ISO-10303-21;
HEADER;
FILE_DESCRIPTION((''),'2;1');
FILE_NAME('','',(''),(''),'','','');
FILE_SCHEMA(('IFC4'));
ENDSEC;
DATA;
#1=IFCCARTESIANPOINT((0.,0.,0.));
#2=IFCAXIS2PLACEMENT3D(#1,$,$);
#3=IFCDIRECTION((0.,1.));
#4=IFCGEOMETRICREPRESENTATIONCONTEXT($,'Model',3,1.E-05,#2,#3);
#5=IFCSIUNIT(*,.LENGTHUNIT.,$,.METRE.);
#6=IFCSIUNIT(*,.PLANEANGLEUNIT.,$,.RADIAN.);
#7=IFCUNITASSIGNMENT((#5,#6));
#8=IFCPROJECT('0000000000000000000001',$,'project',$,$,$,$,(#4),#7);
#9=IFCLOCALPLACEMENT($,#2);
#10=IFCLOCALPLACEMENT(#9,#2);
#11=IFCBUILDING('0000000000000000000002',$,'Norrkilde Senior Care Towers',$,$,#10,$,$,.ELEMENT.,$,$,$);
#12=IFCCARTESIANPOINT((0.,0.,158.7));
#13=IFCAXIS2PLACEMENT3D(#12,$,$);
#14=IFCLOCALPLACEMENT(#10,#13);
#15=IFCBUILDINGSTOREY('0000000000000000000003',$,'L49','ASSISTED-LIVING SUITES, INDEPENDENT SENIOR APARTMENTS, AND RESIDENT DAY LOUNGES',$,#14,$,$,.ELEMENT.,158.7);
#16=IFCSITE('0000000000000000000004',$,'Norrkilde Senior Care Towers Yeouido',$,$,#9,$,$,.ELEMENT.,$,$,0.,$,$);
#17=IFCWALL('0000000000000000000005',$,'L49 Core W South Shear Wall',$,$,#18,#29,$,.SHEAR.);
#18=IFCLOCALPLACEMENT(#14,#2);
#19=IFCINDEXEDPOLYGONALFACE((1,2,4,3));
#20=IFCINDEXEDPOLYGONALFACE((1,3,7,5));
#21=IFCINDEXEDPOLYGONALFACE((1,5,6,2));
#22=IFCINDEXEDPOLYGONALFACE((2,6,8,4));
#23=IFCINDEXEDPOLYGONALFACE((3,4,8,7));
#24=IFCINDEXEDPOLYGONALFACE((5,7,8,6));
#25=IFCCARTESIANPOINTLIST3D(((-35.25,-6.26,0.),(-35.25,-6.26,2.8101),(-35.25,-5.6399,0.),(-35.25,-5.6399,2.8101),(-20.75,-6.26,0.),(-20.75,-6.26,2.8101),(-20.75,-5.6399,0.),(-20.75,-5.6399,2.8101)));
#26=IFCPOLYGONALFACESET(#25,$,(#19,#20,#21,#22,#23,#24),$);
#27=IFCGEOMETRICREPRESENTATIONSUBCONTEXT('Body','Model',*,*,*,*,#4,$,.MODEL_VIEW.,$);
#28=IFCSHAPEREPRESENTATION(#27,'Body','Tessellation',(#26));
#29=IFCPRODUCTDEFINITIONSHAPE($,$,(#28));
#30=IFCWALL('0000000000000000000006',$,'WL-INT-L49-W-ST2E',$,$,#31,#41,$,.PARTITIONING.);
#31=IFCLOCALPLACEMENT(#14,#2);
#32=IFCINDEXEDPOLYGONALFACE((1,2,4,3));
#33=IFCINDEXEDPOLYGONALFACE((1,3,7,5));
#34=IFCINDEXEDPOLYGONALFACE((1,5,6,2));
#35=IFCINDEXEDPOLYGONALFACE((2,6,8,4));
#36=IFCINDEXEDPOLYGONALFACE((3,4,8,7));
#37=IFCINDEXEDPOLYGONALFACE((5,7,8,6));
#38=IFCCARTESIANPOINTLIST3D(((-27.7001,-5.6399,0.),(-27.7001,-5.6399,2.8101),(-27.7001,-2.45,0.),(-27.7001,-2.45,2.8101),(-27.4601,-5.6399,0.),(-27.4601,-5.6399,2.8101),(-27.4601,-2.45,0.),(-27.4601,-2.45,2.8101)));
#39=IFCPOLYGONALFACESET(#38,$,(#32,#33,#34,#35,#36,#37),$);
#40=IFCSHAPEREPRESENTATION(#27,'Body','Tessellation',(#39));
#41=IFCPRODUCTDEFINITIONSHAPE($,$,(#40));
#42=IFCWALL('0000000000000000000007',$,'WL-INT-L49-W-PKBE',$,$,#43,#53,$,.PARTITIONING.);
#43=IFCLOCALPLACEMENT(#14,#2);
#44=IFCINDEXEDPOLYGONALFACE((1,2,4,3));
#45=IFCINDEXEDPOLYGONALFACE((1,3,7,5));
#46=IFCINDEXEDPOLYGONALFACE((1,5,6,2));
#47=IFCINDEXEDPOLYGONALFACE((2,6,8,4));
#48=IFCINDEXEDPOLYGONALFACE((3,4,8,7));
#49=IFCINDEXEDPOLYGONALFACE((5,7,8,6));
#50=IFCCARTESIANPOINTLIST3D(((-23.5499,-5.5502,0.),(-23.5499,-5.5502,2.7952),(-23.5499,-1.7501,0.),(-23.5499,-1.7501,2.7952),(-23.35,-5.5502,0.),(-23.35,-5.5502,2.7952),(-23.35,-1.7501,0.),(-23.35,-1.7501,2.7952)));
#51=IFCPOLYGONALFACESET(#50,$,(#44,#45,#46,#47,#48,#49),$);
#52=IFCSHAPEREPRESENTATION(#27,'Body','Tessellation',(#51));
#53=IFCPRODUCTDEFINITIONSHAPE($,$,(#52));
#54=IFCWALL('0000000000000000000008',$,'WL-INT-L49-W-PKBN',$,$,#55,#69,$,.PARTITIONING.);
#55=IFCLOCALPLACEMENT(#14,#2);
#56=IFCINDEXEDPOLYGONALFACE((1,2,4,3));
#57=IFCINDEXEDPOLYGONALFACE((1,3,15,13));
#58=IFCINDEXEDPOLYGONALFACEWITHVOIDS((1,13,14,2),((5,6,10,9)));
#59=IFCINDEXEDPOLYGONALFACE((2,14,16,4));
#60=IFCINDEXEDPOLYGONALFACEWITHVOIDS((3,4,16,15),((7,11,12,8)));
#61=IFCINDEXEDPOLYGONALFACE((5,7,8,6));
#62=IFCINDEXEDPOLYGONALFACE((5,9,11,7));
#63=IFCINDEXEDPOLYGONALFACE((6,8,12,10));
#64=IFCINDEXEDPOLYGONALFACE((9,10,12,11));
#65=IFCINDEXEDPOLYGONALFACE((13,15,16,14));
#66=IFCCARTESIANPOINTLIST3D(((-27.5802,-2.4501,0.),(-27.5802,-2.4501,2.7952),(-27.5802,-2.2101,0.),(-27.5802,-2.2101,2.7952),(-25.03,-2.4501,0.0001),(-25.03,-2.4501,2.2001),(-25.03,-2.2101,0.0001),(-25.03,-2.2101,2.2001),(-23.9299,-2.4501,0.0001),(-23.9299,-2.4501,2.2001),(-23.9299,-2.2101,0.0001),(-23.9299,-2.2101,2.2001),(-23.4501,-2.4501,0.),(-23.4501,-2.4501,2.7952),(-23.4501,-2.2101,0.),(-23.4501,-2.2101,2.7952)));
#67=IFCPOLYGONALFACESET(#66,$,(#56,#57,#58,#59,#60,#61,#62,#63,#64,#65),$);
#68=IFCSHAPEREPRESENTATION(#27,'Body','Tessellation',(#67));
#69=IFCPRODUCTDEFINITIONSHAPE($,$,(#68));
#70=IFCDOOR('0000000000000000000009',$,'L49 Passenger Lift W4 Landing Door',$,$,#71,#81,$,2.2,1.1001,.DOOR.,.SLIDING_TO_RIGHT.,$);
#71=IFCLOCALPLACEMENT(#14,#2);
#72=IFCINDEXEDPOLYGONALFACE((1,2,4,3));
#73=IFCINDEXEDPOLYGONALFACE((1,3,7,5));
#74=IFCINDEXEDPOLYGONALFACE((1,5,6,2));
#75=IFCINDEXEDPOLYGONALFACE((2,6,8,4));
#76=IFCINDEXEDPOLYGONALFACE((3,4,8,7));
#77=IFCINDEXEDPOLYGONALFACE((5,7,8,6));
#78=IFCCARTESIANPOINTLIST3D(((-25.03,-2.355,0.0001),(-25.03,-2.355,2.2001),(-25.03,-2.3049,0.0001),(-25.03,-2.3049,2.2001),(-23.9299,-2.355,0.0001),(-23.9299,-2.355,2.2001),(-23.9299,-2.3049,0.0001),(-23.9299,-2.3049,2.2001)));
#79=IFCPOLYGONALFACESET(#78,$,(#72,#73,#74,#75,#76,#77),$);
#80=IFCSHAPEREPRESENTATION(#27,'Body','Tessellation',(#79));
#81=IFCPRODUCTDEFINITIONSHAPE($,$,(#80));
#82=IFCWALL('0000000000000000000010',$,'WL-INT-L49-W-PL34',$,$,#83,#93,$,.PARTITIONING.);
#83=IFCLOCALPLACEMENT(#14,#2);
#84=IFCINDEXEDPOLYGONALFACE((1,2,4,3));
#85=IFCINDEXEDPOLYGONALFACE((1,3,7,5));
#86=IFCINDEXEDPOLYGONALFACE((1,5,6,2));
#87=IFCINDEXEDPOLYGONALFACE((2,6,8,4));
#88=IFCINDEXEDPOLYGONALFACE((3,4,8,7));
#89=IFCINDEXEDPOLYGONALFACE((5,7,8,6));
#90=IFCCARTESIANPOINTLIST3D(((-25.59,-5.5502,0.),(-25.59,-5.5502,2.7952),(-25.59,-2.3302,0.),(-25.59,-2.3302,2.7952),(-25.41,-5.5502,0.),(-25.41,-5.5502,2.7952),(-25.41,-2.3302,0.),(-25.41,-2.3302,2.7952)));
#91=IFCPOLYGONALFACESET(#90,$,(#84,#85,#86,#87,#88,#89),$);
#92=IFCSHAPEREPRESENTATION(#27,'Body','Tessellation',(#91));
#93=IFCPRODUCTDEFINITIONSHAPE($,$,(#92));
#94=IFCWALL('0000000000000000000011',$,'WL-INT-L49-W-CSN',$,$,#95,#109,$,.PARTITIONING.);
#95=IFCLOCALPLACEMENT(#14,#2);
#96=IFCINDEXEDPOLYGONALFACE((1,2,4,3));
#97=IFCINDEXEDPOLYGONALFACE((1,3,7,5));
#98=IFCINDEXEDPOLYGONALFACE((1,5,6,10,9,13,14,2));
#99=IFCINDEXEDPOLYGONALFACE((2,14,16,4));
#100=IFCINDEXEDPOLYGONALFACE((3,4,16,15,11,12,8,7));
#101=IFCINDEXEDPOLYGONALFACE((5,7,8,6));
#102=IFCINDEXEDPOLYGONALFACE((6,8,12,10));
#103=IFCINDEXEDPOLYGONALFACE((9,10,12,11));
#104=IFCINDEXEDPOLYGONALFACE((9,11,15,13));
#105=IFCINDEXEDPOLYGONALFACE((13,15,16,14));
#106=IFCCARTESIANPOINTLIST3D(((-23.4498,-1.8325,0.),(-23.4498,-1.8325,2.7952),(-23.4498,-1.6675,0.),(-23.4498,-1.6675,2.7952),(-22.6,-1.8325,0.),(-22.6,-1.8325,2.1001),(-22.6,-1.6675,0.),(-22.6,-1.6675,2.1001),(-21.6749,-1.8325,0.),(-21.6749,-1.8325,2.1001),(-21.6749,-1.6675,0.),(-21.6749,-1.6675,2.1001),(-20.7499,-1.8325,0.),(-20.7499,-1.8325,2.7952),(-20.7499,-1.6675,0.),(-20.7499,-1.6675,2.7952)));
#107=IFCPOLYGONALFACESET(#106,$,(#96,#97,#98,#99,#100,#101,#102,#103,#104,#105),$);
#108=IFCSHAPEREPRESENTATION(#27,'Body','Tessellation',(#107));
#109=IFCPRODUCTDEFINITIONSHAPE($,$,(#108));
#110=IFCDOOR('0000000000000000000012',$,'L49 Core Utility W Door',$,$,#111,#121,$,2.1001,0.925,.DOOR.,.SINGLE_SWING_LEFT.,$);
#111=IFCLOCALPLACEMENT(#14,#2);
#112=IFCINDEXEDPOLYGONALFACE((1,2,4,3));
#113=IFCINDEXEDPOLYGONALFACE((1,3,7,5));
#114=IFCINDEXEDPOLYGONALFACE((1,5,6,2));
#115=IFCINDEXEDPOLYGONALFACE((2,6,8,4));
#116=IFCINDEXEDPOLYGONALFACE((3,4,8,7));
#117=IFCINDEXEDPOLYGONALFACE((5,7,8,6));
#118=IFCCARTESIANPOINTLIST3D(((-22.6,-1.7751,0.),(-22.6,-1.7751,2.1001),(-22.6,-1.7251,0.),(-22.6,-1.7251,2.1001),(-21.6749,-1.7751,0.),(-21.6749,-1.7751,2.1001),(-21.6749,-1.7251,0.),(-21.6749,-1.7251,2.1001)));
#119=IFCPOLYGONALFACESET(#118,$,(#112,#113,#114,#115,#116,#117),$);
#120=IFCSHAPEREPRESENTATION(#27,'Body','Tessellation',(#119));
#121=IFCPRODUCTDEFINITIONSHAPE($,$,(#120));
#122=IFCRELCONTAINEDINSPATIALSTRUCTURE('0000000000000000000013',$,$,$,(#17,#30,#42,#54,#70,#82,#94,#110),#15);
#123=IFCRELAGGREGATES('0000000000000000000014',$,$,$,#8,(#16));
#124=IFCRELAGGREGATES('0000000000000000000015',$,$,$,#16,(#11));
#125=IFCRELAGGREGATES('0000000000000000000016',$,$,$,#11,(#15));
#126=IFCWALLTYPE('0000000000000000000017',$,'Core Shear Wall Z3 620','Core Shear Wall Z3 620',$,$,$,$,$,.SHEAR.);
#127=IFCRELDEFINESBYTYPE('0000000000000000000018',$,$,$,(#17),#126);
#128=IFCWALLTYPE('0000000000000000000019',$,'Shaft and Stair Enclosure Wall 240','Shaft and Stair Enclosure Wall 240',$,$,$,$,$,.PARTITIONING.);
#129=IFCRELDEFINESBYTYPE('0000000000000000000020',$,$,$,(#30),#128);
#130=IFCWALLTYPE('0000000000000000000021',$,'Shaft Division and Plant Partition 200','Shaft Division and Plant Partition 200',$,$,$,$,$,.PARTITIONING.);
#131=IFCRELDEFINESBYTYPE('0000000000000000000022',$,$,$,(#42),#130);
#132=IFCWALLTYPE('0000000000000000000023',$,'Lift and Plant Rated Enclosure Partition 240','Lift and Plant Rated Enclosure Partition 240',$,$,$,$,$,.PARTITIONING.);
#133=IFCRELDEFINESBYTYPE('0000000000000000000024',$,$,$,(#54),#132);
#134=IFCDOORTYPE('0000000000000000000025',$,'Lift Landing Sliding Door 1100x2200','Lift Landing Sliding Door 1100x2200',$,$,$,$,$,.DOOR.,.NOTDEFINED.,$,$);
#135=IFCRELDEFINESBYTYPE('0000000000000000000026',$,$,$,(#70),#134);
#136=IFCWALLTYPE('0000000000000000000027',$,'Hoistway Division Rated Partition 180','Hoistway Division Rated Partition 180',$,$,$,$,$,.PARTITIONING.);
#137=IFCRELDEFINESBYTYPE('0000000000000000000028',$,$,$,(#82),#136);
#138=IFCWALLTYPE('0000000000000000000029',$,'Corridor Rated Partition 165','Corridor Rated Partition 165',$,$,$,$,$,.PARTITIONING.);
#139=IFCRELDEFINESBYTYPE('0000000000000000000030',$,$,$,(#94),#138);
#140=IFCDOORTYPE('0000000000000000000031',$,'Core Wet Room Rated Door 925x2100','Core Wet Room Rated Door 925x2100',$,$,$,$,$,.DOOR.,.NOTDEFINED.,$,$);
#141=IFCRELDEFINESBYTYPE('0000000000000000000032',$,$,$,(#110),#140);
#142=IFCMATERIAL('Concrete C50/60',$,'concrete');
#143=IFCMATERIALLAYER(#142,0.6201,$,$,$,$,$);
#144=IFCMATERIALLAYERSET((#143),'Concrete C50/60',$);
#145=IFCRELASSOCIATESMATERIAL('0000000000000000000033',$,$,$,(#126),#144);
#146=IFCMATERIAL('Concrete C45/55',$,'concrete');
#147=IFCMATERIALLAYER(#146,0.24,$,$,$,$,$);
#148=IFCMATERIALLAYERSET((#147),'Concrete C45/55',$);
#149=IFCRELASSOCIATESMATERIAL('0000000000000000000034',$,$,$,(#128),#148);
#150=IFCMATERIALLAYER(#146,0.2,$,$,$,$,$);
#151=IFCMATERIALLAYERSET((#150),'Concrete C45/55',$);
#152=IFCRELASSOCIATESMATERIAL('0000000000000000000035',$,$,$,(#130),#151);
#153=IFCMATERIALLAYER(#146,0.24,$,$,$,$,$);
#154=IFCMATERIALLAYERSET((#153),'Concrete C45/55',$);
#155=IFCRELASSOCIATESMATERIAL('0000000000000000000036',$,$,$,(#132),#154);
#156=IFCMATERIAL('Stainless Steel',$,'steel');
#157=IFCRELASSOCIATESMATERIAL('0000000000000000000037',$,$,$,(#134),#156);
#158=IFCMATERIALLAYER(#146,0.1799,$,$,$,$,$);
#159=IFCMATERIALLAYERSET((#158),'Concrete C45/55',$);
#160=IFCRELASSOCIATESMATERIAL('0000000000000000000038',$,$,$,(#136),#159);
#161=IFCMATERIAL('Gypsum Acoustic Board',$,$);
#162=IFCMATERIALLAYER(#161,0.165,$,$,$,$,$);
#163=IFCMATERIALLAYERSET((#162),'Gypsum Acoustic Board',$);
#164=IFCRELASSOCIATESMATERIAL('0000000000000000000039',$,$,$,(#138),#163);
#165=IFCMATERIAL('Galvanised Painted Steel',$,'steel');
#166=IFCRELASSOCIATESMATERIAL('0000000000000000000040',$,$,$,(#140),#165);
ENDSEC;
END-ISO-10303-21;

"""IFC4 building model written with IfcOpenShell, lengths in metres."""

from ifc_helpers import new_model, si_unit, direction, frame, frame_2d, origin, place, context, subcontext, project, spatial, rectangle, extrude, source, transform, mapped, material, layer, layer_set, type_object, type_shapes, element, fill, save


model = new_model("IFC4")

# Units and contexts
model_context = context("Model", 3, precision=1e-05, world=origin(), true_north=direction((0.0, 1.0)))
body_context = subcontext(model_context, "Body", "Model", "MODEL_VIEW")
ifc_project = project(units=[si_unit("LENGTHUNIT", "METRE"), si_unit("PLANEANGLEUNIT", "RADIAN")], contexts=[model_context])

# Site, building, storey
site_placement = place(None, origin())
site = spatial("IfcSite", under=ifc_project, at=site_placement, Name="Norrkilde Senior Care Towers Yeouido", CompositionType="ELEMENT", RefElevation=0.0)
building_placement = place(site_placement, origin())
building = spatial("IfcBuilding", under=site, at=building_placement, Name="Norrkilde Senior Care Towers", CompositionType="ELEMENT")
storey_placement = place(building_placement, frame((0.0, 0.0, 158.7)))
storey = spatial("IfcBuildingStorey", under=building, at=storey_placement, Name="L49", Description="ASSISTED-LIVING SUITES, INDEPENDENT SENIOR APARTMENTS, AND RESIDENT DAY LOUNGES", CompositionType="ELEMENT", Elevation=158.7)

# Shared definitions
ifc_material_1 = material(Name="Concrete C50/60", Category="concrete")

# Walls
ifc_layer_1 = layer(ifc_material_1, 0.6201)
ifc_layer_set_1 = layer_set([ifc_layer_1], Name="Concrete C50/60")
wall_type_1 = type_object("IfcWallType", Name="Core Shear Wall Z3 620", Description="Core Shear Wall Z3 620", PredefinedType="SHEAR", material=ifc_layer_set_1)
shared_shape_1 = source(origin(), body_context, "Body", "SweptSolid", [
    extrude(rectangle(XDim=14.5, YDim=0.6201, at=frame_2d((7.25, 0.0))), origin(), (0.0, 0.0, 1.0), 2.8101),
])
type_shapes(wall_type_1, [shared_shape_1])
wall_1_placement = place(storey_placement, frame((-20.75, -5.95, 0.0), z_axis=(0.0, 0.0, 1.0), x_axis=(-1.0, 0.0, 0.0)))
element("IfcWall", 1, at=wall_1_placement, inside=storey, type_object=wall_type_1, Name="L49 Core W South Shear Wall", PredefinedType="SHEAR", context=body_context, shape_type="MappedRepresentation", body=[
    mapped(shared_shape_1, transform((0.0, 0.0, 0.0), x_axis=(1.0, 0.0, 0.0), y_axis=(0.0, 1.0, 0.0), z_axis=(0.0, 0.0, 1.0), scale=1.0)),
])
ifc_material_2 = material(Name="Concrete C45/55", Category="concrete")
ifc_layer_2 = layer(ifc_material_2, 0.24)
ifc_layer_set_2 = layer_set([ifc_layer_2], Name="Concrete C45/55")
wall_type_2 = type_object("IfcWallType", Name="Shaft and Stair Enclosure Wall 240", Description="Shaft and Stair Enclosure Wall 240", PredefinedType="PARTITIONING", material=ifc_layer_set_2)
shared_shape_2 = source(origin(), body_context, "Body", "SweptSolid", [
    extrude(rectangle(XDim=3.1899, YDim=0.24, at=frame_2d((1.595, 0.0))), origin(), (0.0, 0.0, 1.0), 2.8101),
])
type_shapes(wall_type_2, [shared_shape_2])
wall_2_placement = place(storey_placement, frame((-27.5801, -5.6399, 0.0), z_axis=(0.0, 0.0, 1.0), x_axis=(0.0, 1.0, 0.0)))
element("IfcWall", 2, at=wall_2_placement, inside=storey, type_object=wall_type_2, Name="WL-INT-L49-W-ST2E", PredefinedType="PARTITIONING", context=body_context, shape_type="MappedRepresentation", body=[
    mapped(shared_shape_2, transform((0.0, 0.0, 0.0), x_axis=(1.0, 0.0, 0.0), y_axis=(0.0, 1.0, 0.0), z_axis=(0.0, 0.0, 1.0), scale=1.0)),
])
ifc_layer_3 = layer(ifc_material_2, 0.2)
ifc_layer_set_3 = layer_set([ifc_layer_3], Name="Concrete C45/55")
wall_type_3 = type_object("IfcWallType", Name="Shaft Division and Plant Partition 200", Description="Shaft Division and Plant Partition 200", PredefinedType="PARTITIONING", material=ifc_layer_set_3)
shared_shape_3 = source(origin(), body_context, "Body", "SweptSolid", [
    extrude(rectangle(XDim=3.8, YDim=0.2, at=frame_2d((1.8999, 0.0))), origin(), (0.0, 0.0, 1.0), 2.7952),
])
type_shapes(wall_type_3, [shared_shape_3])
wall_3_placement = place(storey_placement, frame((-23.45, -5.55, 0.0), z_axis=(0.0, 0.0, 1.0), x_axis=(0.0, 1.0, 0.0)))
element("IfcWall", 3, at=wall_3_placement, inside=storey, type_object=wall_type_3, Name="WL-INT-L49-W-PKBE", PredefinedType="PARTITIONING", context=body_context, shape_type="MappedRepresentation", body=[
    mapped(shared_shape_3, transform((0.0, 0.0, 0.0), x_axis=(1.0, 0.0, 0.0), y_axis=(0.0, 1.0, 0.0), z_axis=(0.0, 0.0, 1.0), scale=1.0)),
])

# Wall, opening, door
ifc_layer_4 = layer(ifc_material_2, 0.24)
ifc_layer_set_4 = layer_set([ifc_layer_4], Name="Concrete C45/55")
wall_type_4 = type_object("IfcWallType", Name="Lift and Plant Rated Enclosure Partition 240", Description="Lift and Plant Rated Enclosure Partition 240", PredefinedType="PARTITIONING", material=ifc_layer_set_4)
shared_shape_4 = source(origin(), body_context, "Body", "SweptSolid", [
    extrude(rectangle(XDim=4.1301, YDim=0.24, at=frame_2d((2.0649, 0.0))), origin(), (0.0, 0.0, 1.0), 2.7952),
])
type_shapes(wall_type_4, [shared_shape_4])
wall_4_placement = place(storey_placement, frame((-27.5801, -2.3301, 0.0), z_axis=(0.0, 0.0, 1.0), x_axis=(1.0, 0.0, 0.0)))
wall_4 = element("IfcWall", 4, at=wall_4_placement, inside=storey, type_object=wall_type_4, Name="WL-INT-L49-W-PKBN", PredefinedType="PARTITIONING", context=body_context, shape_type="MappedRepresentation", body=[
    mapped(shared_shape_4, transform((0.0, 0.0, 0.0), x_axis=(1.0, 0.0, 0.0), y_axis=(0.0, 1.0, 0.0), z_axis=(0.0, 0.0, 1.0), scale=1.0)),
])
opening_1_placement = place(wall_4_placement, frame((2.55, 0.0, 0.0)))
opening_1 = element("IfcOpeningElement", 5, at=opening_1_placement, cuts=wall_4, PredefinedType="OPENING", context=body_context, shape_type="SweptSolid", body=[
    extrude(rectangle(XDim=1.1001, YDim=2.2, at=frame_2d((0.55, 1.1001))), frame((0.0, 0.1299, 0.0), z_axis=(0.0, -1.0, 0.0), x_axis=(1.0, 0.0, 0.0)), (0.0, 0.0, 1.0), 0.26),
])
ifc_material_3 = material(Name="Stainless Steel", Category="steel")
door_type_1 = type_object("IfcDoorType", Name="Lift Landing Sliding Door 1100x2200", Description="Lift Landing Sliding Door 1100x2200", OperationType="NOTDEFINED", PredefinedType="DOOR", material=ifc_material_3)
shared_shape_5 = source(origin(), body_context, "Body", "SweptSolid", [
    extrude(rectangle(XDim=1.1001, YDim=2.2, at=frame_2d((0.55, 1.1001))), frame((0.0, 0.0249, 0.0), z_axis=(0.0, -1.0, 0.0), x_axis=(1.0, 0.0, 0.0)), (0.0, 0.0, 1.0), 0.05),
])
type_shapes(door_type_1, [shared_shape_5])
door_1_placement = place(opening_1_placement, frame((1.1001, 0.0, 0.0), z_axis=(0.0, 0.0, 1.0), x_axis=(-1.0, 0.0, 0.0)))
door_1 = element("IfcDoor", 6, at=door_1_placement, inside=storey, type_object=door_type_1, Name="L49 Passenger Lift W4 Landing Door", OperationType="SLIDING_TO_RIGHT", OverallHeight=2.2, OverallWidth=1.1001, PredefinedType="DOOR", context=body_context, shape_type="MappedRepresentation", body=[
    mapped(shared_shape_5, transform((0.0, 0.0, 0.0), x_axis=(1.0, 0.0, 0.0), y_axis=(0.0, 1.0, 0.0), z_axis=(0.0, 0.0, 1.0), scale=1.0)),
])
fill(opening_1, door_1)

# Wall
ifc_layer_5 = layer(ifc_material_2, 0.1799)
ifc_layer_set_5 = layer_set([ifc_layer_5], Name="Concrete C45/55")
wall_type_5 = type_object("IfcWallType", Name="Hoistway Division Rated Partition 180", Description="Hoistway Division Rated Partition 180", PredefinedType="PARTITIONING", material=ifc_layer_set_5)
shared_shape_6 = source(origin(), body_context, "Body", "SweptSolid", [
    extrude(rectangle(XDim=3.22, YDim=0.1799, at=frame_2d((1.6099, 0.0))), origin(), (0.0, 0.0, 1.0), 2.7952),
])
type_shapes(wall_type_5, [shared_shape_6])
wall_5_placement = place(storey_placement, frame((-25.5, -5.55, 0.0), z_axis=(0.0, 0.0, 1.0), x_axis=(0.0, 1.0, 0.0)))
element("IfcWall", 7, at=wall_5_placement, inside=storey, type_object=wall_type_5, Name="WL-INT-L49-W-PL34", PredefinedType="PARTITIONING", context=body_context, shape_type="MappedRepresentation", body=[
    mapped(shared_shape_6, transform((0.0, 0.0, 0.0), x_axis=(1.0, 0.0, 0.0), y_axis=(0.0, 1.0, 0.0), z_axis=(0.0, 0.0, 1.0), scale=1.0)),
])

# Wall, opening, door
ifc_material_4 = material(Name="Gypsum Acoustic Board")
ifc_layer_6 = layer(ifc_material_4, 0.165)
ifc_layer_set_6 = layer_set([ifc_layer_6], Name="Gypsum Acoustic Board")
wall_type_6 = type_object("IfcWallType", Name="Corridor Rated Partition 165", Description="Corridor Rated Partition 165", PredefinedType="PARTITIONING", material=ifc_layer_set_6)
shared_shape_7 = source(origin(), body_context, "Body", "SweptSolid", [
    extrude(rectangle(XDim=2.7, YDim=0.165, at=frame_2d((1.3501, 0.0))), origin(), (0.0, 0.0, 1.0), 2.7952),
])
wall_6_placement = place(storey_placement, frame((-23.45, -1.75, 0.0), z_axis=(0.0, 0.0, 1.0), x_axis=(1.0, 0.0, 0.0)))
wall_6 = element("IfcWall", 8, at=wall_6_placement, inside=storey, type_object=wall_type_6, Name="WL-INT-L49-W-CSN", PredefinedType="PARTITIONING", context=body_context, shape_type="MappedRepresentation", body=[
    mapped(shared_shape_7, transform((0.0, 0.0, 0.0), x_axis=(1.0, 0.0, 0.0), y_axis=(0.0, 1.0, 0.0), z_axis=(0.0, 0.0, 1.0), scale=1.0)),
])
opening_2_placement = place(wall_6_placement, frame((0.8501, 0.0, 0.0)))
opening_2 = element("IfcOpeningElement", 9, at=opening_2_placement, cuts=wall_6, PredefinedType="OPENING", context=body_context, shape_type="SweptSolid", body=[
    extrude(rectangle(XDim=0.925, YDim=2.1001, at=frame_2d((0.4624, 1.05))), frame((0.0, 0.0925, 0.0), z_axis=(0.0, -1.0, 0.0), x_axis=(1.0, 0.0, 0.0)), (0.0, 0.0, 1.0), 0.1851),
])
ifc_material_5 = material(Name="Galvanised Painted Steel", Category="steel")
door_type_2 = type_object("IfcDoorType", Name="Core Wet Room Rated Door 925x2100", Description="Core Wet Room Rated Door 925x2100", OperationType="NOTDEFINED", PredefinedType="DOOR", material=ifc_material_5)
shared_shape_8 = source(origin(), body_context, "Body", "SweptSolid", [
    extrude(rectangle(XDim=0.925, YDim=2.1001, at=frame_2d((0.4624, 1.05))), frame((0.0, 0.0249, 0.0), z_axis=(0.0, -1.0, 0.0), x_axis=(1.0, 0.0, 0.0)), (0.0, 0.0, 1.0), 0.05),
])
type_shapes(door_type_2, [shared_shape_8])
door_2_placement = place(opening_2_placement, origin())
door_2 = element("IfcDoor", 10, at=door_2_placement, inside=storey, type_object=door_type_2, Name="L49 Core Utility W Door", OperationType="SINGLE_SWING_LEFT", OverallHeight=2.1001, OverallWidth=0.925, PredefinedType="DOOR", context=body_context, shape_type="MappedRepresentation", body=[
    mapped(shared_shape_8, transform((0.0, 0.0, 0.0), x_axis=(1.0, 0.0, 0.0), y_axis=(0.0, 1.0, 0.0), z_axis=(0.0, 0.0, 1.0), scale=1.0)),
])
fill(opening_2, door_2)

save(model, "model.ifc")
